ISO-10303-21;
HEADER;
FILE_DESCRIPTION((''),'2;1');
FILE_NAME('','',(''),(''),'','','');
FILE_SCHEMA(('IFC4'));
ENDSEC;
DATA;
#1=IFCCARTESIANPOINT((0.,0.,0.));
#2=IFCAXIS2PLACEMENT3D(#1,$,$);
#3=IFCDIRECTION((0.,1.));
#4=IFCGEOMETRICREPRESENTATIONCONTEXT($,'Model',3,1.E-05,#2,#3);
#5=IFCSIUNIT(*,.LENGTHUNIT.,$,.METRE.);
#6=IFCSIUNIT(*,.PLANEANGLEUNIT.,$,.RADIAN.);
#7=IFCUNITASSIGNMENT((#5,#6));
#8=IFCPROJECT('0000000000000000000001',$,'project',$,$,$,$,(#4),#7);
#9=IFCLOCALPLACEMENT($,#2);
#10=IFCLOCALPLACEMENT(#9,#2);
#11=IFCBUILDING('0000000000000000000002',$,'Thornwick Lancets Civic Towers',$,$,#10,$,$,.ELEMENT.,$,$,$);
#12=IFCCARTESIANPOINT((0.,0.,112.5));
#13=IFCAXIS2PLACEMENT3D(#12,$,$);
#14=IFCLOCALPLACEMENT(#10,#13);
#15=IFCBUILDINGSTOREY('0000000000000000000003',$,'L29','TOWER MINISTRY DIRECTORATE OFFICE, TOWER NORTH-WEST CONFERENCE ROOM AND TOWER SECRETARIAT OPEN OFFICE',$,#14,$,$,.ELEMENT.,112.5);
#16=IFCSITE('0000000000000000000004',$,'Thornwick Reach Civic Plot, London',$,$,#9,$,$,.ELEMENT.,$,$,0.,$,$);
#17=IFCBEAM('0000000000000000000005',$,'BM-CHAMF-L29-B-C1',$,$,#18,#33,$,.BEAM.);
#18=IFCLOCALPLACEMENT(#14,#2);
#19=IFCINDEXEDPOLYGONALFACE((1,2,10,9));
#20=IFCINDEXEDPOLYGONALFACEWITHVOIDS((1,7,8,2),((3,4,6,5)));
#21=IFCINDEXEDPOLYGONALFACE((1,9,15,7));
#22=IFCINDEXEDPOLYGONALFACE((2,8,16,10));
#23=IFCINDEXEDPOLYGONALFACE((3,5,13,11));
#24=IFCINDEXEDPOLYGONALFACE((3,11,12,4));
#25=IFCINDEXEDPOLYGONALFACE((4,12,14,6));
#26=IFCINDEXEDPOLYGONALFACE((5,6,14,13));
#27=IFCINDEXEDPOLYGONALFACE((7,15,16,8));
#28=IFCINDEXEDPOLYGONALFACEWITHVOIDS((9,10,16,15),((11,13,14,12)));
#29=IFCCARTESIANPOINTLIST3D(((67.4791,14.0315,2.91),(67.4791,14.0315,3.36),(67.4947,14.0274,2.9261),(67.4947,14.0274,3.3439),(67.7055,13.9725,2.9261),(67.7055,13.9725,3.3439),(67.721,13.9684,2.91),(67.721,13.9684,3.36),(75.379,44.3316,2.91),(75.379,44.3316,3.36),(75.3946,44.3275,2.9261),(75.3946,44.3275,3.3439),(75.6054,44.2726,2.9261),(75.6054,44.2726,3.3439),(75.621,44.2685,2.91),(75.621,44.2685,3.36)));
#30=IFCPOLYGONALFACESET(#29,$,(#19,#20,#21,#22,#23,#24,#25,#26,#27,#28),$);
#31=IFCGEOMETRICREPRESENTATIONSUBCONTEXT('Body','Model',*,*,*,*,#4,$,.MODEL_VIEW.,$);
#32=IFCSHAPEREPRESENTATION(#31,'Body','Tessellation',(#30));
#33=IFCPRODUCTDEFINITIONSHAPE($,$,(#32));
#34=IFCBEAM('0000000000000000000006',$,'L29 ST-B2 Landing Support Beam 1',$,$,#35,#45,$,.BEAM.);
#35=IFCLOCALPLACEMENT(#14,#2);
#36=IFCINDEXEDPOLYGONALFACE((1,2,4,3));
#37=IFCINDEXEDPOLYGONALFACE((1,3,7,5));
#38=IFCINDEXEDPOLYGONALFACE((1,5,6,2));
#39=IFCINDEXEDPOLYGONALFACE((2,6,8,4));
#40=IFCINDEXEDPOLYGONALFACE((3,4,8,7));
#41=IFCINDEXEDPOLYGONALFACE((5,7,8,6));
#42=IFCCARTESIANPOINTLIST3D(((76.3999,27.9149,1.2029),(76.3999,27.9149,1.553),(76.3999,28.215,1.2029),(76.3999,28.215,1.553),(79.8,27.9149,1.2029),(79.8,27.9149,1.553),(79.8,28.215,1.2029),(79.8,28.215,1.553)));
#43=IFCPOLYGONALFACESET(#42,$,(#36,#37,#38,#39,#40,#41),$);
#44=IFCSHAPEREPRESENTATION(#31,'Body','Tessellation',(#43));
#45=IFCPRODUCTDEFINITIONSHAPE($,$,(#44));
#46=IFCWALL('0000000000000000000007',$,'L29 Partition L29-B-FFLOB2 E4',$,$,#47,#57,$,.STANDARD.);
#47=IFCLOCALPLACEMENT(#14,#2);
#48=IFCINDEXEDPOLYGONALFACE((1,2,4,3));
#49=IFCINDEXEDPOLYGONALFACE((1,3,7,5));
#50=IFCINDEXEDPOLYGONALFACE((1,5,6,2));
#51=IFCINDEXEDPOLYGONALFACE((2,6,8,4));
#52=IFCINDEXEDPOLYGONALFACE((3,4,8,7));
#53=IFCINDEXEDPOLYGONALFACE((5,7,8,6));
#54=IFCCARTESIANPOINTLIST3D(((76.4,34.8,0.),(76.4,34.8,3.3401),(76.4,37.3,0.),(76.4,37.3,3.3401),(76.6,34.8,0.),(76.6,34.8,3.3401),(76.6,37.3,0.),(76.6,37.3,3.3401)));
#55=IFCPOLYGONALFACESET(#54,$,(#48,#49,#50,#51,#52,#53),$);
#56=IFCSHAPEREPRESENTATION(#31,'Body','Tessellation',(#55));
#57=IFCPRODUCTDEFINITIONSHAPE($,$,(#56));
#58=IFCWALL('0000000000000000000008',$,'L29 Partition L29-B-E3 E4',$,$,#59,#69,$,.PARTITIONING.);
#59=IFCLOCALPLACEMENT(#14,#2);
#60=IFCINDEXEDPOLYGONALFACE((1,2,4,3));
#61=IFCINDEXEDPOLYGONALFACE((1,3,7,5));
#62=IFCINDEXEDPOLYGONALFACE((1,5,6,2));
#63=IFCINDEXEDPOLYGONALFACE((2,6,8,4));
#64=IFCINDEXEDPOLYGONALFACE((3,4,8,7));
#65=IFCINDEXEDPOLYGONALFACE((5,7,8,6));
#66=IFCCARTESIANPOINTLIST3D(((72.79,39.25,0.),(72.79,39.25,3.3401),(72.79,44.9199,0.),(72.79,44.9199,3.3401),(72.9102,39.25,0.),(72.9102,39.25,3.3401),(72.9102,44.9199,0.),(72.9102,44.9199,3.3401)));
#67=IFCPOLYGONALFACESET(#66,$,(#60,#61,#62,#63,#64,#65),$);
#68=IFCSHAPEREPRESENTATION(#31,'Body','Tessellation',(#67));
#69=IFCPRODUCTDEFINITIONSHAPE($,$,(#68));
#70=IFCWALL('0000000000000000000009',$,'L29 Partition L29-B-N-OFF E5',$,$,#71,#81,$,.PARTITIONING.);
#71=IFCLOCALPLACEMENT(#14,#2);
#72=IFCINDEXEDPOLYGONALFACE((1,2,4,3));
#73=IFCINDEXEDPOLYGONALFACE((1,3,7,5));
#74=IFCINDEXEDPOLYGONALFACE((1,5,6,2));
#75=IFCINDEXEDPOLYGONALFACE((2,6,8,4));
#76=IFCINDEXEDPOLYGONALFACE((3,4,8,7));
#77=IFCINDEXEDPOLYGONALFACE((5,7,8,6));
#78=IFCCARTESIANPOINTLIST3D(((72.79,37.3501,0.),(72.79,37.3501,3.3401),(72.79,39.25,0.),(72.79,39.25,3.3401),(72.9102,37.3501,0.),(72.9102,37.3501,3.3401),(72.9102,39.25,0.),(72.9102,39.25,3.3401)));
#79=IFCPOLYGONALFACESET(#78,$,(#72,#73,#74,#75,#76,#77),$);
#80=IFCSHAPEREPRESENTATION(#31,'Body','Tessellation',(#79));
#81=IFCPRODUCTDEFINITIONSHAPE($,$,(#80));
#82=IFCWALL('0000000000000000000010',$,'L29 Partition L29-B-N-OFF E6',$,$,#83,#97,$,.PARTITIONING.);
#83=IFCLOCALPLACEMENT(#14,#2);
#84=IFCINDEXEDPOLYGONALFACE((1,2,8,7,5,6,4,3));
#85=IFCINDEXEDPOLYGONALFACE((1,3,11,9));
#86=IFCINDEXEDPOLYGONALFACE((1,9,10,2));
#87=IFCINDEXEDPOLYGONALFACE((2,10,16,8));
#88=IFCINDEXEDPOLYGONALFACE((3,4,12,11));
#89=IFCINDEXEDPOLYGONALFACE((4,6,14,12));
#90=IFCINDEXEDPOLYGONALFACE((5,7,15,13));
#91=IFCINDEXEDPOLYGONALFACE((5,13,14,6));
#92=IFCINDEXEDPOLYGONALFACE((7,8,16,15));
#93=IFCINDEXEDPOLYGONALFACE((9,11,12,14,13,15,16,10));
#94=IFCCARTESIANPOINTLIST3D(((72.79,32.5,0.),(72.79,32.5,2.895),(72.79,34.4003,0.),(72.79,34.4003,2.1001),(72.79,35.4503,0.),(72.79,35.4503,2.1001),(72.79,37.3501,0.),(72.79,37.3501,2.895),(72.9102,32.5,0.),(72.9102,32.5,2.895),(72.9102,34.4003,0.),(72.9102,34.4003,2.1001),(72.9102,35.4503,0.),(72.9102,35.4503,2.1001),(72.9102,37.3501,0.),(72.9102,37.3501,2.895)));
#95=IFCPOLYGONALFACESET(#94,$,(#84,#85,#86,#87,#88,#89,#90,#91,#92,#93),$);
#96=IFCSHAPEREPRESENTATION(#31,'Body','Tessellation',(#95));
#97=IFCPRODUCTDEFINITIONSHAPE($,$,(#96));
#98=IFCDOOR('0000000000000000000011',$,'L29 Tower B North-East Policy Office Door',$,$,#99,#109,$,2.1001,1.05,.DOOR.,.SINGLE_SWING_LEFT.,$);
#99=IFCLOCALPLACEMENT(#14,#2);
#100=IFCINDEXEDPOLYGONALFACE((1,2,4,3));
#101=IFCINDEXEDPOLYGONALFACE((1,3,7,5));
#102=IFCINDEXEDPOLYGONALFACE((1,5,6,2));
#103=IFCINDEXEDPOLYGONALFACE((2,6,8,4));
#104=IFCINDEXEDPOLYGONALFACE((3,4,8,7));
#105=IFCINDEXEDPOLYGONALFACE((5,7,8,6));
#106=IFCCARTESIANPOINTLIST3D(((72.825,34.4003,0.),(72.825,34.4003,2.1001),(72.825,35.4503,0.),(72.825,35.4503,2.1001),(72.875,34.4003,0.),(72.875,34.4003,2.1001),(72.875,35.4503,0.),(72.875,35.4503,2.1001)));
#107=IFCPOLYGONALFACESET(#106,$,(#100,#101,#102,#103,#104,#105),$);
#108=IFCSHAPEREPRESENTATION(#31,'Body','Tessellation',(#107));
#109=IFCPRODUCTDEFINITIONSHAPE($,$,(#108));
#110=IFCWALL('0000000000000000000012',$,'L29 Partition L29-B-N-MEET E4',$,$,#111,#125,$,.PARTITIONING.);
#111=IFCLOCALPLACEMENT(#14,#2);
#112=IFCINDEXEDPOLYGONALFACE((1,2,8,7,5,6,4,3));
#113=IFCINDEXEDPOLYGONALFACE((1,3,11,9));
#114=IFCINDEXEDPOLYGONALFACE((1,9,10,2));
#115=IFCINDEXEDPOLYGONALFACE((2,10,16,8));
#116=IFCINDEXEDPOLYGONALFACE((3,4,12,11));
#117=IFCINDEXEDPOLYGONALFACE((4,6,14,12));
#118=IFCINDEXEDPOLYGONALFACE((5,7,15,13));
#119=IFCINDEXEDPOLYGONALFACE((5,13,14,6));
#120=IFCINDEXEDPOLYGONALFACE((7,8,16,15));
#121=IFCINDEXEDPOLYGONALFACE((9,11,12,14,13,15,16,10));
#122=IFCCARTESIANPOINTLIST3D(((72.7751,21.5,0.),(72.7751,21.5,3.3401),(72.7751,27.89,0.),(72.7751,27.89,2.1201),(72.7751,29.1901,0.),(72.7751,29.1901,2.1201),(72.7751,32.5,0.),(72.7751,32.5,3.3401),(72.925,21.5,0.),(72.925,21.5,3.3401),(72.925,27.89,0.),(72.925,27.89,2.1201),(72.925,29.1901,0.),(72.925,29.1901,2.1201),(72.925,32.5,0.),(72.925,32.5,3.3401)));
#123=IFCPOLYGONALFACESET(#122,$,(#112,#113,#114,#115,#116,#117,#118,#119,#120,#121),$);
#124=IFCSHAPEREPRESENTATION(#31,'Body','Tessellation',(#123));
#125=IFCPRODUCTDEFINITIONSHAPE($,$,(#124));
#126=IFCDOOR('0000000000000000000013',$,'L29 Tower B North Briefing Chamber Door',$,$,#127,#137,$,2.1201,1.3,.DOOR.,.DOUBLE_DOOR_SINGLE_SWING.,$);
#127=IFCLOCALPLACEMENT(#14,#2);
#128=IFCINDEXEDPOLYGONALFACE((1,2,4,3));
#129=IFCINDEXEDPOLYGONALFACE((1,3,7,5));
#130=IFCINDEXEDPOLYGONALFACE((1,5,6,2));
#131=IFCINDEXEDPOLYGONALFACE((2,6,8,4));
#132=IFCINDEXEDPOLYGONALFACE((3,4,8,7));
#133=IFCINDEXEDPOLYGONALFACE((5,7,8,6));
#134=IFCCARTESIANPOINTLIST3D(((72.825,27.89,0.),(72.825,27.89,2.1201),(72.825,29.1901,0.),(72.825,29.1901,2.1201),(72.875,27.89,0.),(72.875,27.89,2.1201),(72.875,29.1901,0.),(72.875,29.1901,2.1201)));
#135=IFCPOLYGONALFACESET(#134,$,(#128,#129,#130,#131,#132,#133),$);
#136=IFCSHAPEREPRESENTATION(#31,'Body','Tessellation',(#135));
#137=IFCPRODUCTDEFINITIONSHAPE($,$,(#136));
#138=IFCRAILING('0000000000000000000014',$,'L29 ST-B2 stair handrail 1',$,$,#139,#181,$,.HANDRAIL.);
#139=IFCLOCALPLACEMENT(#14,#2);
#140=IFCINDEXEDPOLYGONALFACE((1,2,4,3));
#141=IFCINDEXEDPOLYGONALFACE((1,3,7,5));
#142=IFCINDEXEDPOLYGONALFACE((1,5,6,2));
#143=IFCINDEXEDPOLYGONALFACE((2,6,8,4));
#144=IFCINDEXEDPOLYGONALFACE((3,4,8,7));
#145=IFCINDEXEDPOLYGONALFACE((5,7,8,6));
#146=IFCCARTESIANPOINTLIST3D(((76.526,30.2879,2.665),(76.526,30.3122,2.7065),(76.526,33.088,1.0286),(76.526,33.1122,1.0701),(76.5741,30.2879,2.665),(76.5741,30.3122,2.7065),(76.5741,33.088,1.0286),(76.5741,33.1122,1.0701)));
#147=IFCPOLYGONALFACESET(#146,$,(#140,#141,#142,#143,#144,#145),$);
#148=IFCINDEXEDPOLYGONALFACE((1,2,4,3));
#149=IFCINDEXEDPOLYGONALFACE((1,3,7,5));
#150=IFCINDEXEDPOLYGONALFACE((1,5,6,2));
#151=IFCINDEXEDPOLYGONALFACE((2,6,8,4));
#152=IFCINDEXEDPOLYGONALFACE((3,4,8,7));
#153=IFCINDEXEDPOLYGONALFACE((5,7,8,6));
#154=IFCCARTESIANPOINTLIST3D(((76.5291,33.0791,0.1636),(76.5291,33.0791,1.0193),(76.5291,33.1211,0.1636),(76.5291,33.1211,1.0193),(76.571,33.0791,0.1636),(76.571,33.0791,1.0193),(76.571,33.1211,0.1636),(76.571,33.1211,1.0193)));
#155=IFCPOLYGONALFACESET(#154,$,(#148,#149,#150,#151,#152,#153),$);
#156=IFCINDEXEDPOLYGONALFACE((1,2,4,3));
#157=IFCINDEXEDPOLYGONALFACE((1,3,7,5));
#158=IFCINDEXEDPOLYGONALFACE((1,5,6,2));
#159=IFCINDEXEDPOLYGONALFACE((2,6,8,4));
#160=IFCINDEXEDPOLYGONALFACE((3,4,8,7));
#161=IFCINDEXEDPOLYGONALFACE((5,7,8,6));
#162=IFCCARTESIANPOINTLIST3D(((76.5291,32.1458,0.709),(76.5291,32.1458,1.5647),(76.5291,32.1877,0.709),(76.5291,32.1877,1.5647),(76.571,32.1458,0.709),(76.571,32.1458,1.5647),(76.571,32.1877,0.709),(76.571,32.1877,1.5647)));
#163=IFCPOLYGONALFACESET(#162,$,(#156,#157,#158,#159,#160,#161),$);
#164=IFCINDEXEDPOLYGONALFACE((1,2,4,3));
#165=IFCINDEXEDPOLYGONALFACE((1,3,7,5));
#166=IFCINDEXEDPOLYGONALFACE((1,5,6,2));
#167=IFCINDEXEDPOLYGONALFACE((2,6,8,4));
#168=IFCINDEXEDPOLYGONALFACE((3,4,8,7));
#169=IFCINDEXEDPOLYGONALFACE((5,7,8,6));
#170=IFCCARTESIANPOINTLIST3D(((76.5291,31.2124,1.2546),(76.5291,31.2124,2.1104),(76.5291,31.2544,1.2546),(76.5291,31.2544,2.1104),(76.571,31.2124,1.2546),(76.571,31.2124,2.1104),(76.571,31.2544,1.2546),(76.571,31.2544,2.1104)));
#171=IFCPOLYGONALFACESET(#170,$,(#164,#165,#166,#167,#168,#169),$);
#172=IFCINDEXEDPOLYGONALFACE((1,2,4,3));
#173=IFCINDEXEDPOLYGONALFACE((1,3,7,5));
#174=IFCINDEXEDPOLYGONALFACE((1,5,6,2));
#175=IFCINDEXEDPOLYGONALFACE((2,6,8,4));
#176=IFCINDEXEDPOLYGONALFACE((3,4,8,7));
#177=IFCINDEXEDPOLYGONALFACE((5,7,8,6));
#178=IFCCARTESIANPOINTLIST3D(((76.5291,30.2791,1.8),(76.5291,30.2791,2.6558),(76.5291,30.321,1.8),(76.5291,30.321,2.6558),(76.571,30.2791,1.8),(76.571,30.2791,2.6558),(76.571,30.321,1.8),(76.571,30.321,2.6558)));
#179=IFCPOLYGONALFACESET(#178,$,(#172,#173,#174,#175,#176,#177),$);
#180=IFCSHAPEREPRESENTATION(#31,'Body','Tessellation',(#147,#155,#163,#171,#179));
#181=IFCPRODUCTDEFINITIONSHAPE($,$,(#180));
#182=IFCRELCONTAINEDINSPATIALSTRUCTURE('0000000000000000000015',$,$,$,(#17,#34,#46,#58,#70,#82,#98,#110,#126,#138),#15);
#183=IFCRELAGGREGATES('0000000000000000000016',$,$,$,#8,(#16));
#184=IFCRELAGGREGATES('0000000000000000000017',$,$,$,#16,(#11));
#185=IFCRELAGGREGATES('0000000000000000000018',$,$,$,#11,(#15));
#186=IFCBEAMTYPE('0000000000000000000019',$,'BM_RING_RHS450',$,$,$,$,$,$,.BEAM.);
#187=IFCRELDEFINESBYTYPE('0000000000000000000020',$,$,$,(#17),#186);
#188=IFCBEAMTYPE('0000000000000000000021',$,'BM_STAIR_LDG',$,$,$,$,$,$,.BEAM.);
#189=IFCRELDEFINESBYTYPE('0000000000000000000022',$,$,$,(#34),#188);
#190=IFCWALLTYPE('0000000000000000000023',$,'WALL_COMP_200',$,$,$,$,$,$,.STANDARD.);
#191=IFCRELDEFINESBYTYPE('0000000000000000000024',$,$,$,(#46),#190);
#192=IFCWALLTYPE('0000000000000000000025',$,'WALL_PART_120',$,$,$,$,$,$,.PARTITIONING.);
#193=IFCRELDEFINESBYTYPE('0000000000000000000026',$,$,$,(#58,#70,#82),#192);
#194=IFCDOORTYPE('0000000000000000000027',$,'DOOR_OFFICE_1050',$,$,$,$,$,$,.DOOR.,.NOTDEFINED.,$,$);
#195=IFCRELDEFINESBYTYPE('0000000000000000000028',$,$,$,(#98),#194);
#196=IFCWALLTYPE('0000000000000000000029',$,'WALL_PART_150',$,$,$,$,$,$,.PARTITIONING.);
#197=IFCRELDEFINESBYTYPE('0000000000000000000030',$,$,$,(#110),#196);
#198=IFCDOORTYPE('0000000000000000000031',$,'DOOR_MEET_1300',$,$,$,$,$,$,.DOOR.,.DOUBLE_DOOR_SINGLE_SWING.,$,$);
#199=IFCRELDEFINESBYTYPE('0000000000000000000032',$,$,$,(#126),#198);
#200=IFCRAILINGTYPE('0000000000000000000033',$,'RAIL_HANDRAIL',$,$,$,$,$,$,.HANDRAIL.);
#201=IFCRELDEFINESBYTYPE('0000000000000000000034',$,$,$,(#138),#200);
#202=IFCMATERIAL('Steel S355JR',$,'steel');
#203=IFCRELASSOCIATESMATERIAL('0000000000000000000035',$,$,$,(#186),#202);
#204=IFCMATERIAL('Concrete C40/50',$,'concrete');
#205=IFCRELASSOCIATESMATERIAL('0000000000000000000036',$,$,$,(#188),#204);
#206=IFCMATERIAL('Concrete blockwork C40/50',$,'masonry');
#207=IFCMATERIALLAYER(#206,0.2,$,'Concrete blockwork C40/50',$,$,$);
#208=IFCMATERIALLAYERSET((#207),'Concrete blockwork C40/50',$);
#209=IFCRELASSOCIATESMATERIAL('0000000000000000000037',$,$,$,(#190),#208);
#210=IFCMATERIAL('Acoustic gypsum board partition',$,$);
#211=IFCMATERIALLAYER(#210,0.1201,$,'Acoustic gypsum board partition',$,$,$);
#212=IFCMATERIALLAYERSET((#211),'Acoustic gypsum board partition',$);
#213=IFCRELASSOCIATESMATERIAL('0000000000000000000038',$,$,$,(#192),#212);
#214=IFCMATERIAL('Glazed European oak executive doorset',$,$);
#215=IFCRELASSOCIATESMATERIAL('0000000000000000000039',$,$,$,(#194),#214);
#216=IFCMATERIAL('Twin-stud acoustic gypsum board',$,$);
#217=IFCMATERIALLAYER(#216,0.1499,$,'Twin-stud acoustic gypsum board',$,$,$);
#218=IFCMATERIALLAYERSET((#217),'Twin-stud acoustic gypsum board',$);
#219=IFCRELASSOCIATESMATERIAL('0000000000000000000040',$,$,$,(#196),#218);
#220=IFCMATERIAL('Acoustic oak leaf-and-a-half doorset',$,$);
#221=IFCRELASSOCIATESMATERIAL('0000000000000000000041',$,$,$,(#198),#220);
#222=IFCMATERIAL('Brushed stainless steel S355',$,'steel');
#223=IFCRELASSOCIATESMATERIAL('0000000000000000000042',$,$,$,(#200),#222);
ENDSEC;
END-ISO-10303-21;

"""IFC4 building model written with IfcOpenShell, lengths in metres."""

from ifc_helpers import new_model, si_unit, direction, frame, frame_2d, origin, origin_2d, place, context, subcontext, project, spatial, rectangle, hollow_rectangle, extrude, material, layer, layer_set, material_profile, profile_set, type_object, element, fill, save


model = new_model("IFC4")

# Units and contexts
model_context = context("Model", 3, precision=1e-05, world=origin(), true_north=direction((0.0, 1.0)))
body_context = subcontext(model_context, "Body", "Model", "MODEL_VIEW")
ifc_project = project(units=[si_unit("LENGTHUNIT", "METRE"), si_unit("PLANEANGLEUNIT", "RADIAN")], contexts=[model_context])

# Site, building, storey
site_placement = place(None, origin())
site = spatial("IfcSite", under=ifc_project, at=site_placement, Name="Thornwick Reach Civic Plot, London", CompositionType="ELEMENT", RefElevation=0.0)
building_placement = place(site_placement, origin())
building = spatial("IfcBuilding", under=site, at=building_placement, Name="Thornwick Lancets Civic Towers", CompositionType="ELEMENT")
storey_placement = place(building_placement, frame((0.0, 0.0, 112.5)))
storey = spatial("IfcBuildingStorey", under=building, at=storey_placement, Name="L29", Description="TOWER MINISTRY DIRECTORATE OFFICE, TOWER NORTH-WEST CONFERENCE ROOM AND TOWER SECRETARIAT OPEN OFFICE", CompositionType="ELEMENT", Elevation=112.5)

# Beams
ifc_material_1 = material(Name="Steel S355JR", Category="steel")
ifc_material_profile_1 = material_profile(ifc_material_1, hollow_rectangle(XDim=0.25, YDim=0.45, WallThickness=0.0161, at=origin_2d()), Name="RHS 450x250x16")
ifc_profile_set_1 = profile_set([ifc_material_profile_1], Name="Steel S355JR")
beam_type_1 = type_object("IfcBeamType", Name="BM_RING_RHS450", PredefinedType="BEAM", material=ifc_profile_set_1)
beam_1_placement = place(storey_placement, frame((75.5, 44.3, 3.135), z_axis=(-0.252289, -0.967652, 0.0), x_axis=(0.967652, -0.252289, 0.0)))
element("IfcBeam", 1, at=beam_1_placement, inside=storey, type_object=beam_type_1, Name="BM-CHAMF-L29-B-C1", PredefinedType="BEAM", context=body_context, shape_type="SweptSolid", body=[
    extrude(hollow_rectangle(XDim=0.25, YDim=0.45, WallThickness=0.0161, at=origin_2d()), origin(), (0.0, 0.0, 1.0), 31.313),
])
ifc_material_2 = material(Name="Concrete C40/50", Category="concrete")
ifc_material_profile_2 = material_profile(ifc_material_2, rectangle(XDim=0.3, YDim=0.3501, at=origin_2d()), Name="RC 300x350")
ifc_profile_set_2 = profile_set([ifc_material_profile_2], Name="Concrete C40/50")
beam_type_2 = type_object("IfcBeamType", Name="BM_STAIR_LDG", PredefinedType="BEAM", material=ifc_profile_set_2)
beam_2_placement = place(storey_placement, frame((76.3999, 28.0649, 1.3779), z_axis=(1.0, 0.0, 0.0), x_axis=(0.0, 1.0, 0.0)))
element("IfcBeam", 2, at=beam_2_placement, inside=storey, type_object=beam_type_2, Name="L29 ST-B2 Landing Support Beam 1", PredefinedType="BEAM", context=body_context, shape_type="SweptSolid", body=[
    extrude(rectangle(XDim=0.3, YDim=0.3501, at=origin_2d()), origin(), (0.0, 0.0, 1.0), 3.4001),
])

# Walls
ifc_material_3 = material(Name="Concrete blockwork C40/50", Category="masonry")
ifc_layer_1 = layer(ifc_material_3, 0.2, Name="Concrete blockwork C40/50")
ifc_layer_set_1 = layer_set([ifc_layer_1], Name="Concrete blockwork C40/50")
wall_type_1 = type_object("IfcWallType", Name="WALL_COMP_200", PredefinedType="STANDARD", material=ifc_layer_set_1)
wall_1_placement = place(storey_placement, frame((76.5, 37.3, 0.0), z_axis=(0.0, 0.0, 1.0), x_axis=(0.0, -1.0, 0.0)))
element("IfcWall", 3, at=wall_1_placement, inside=storey, type_object=wall_type_1, Name="L29 Partition L29-B-FFLOB2 E4", PredefinedType="STANDARD", context=body_context, shape_type="SweptSolid", body=[
    extrude(rectangle(XDim=2.5, YDim=0.2, at=frame_2d((1.25, 0.0))), origin(), (0.0, 0.0, 1.0), 3.3401),
])
ifc_material_4 = material(Name="Acoustic gypsum board partition")
ifc_layer_2 = layer(ifc_material_4, 0.1201, Name="Acoustic gypsum board partition")
ifc_layer_set_2 = layer_set([ifc_layer_2], Name="Acoustic gypsum board partition")
wall_type_2 = type_object("IfcWallType", Name="WALL_PART_120", PredefinedType="PARTITIONING", material=ifc_layer_set_2)
wall_2_placement = place(storey_placement, frame((72.8501, 39.25, 0.0), z_axis=(0.0, 0.0, 1.0), x_axis=(0.0, 1.0, 0.0)))
element("IfcWall", 4, at=wall_2_placement, inside=storey, type_object=wall_type_2, Name="L29 Partition L29-B-E3 E4", PredefinedType="PARTITIONING", context=body_context, shape_type="SweptSolid", body=[
    extrude(rectangle(XDim=5.6699, YDim=0.1201, at=frame_2d((2.835, 0.0))), origin(), (0.0, 0.0, 1.0), 3.3401),
])
wall_3_placement = place(storey_placement, frame((72.8501, 39.25, 0.0), z_axis=(0.0, 0.0, 1.0), x_axis=(0.0, -1.0, 0.0)))
element("IfcWall", 5, at=wall_3_placement, inside=storey, type_object=wall_type_2, Name="L29 Partition L29-B-N-OFF E5", PredefinedType="PARTITIONING", context=body_context, shape_type="SweptSolid", body=[
    extrude(rectangle(XDim=1.8999, YDim=0.1201, at=frame_2d((0.95, 0.0))), origin(), (0.0, 0.0, 1.0), 3.3401),
])

# Walls, openings, doors
wall_4_placement = place(storey_placement, frame((72.8501, 37.3501, 0.0), z_axis=(0.0, 0.0, 1.0), x_axis=(0.0, -1.0, 0.0)))
wall_4 = element("IfcWall", 6, at=wall_4_placement, inside=storey, type_object=wall_type_2, Name="L29 Partition L29-B-N-OFF E6", PredefinedType="PARTITIONING", context=body_context, shape_type="SweptSolid", body=[
    extrude(rectangle(XDim=4.8501, YDim=0.1201, at=frame_2d((2.425, 0.0))), origin(), (0.0, 0.0, 1.0), 2.895),
])
opening_1_placement = place(wall_4_placement, frame((1.8999, 0.0, 0.0)))
opening_1 = element("IfcOpeningElement", 7, at=opening_1_placement, cuts=wall_4, PredefinedType="OPENING", context=body_context, shape_type="SweptSolid", body=[
    extrude(rectangle(XDim=1.05, YDim=2.1001, at=frame_2d((0.5249, 1.05))), frame((0.0, 0.0701, 0.0), z_axis=(0.0, -1.0, 0.0), x_axis=(1.0, 0.0, 0.0)), (0.0, 0.0, 1.0), 0.1401),
])
ifc_material_5 = material(Name="Glazed European oak executive doorset")
door_type_1 = type_object("IfcDoorType", Name="DOOR_OFFICE_1050", OperationType="NOTDEFINED", PredefinedType="DOOR", material=ifc_material_5)
door_1_placement = place(opening_1_placement, origin())
door_1 = element("IfcDoor", 8, at=door_1_placement, inside=storey, type_object=door_type_1, Name="L29 Tower B North-East Policy Office Door", OperationType="SINGLE_SWING_LEFT", OverallHeight=2.1001, OverallWidth=1.05, PredefinedType="DOOR", context=body_context, shape_type="SweptSolid", body=[
    extrude(rectangle(XDim=1.05, YDim=2.1001, at=frame_2d((0.5249, 1.05))), frame((0.0, 0.0249, 0.0), z_axis=(0.0, -1.0, 0.0), x_axis=(1.0, 0.0, 0.0)), (0.0, 0.0, 1.0), 0.05),
])
fill(opening_1, door_1)
ifc_material_6 = material(Name="Twin-stud acoustic gypsum board")
ifc_layer_3 = layer(ifc_material_6, 0.1499, Name="Twin-stud acoustic gypsum board")
ifc_layer_set_3 = layer_set([ifc_layer_3], Name="Twin-stud acoustic gypsum board")
wall_type_3 = type_object("IfcWallType", Name="WALL_PART_150", PredefinedType="PARTITIONING", material=ifc_layer_set_3)
wall_5_placement = place(storey_placement, frame((72.8501, 32.5, 0.0), z_axis=(0.0, 0.0, 1.0), x_axis=(0.0, -1.0, 0.0)))
wall_5 = element("IfcWall", 9, at=wall_5_placement, inside=storey, type_object=wall_type_3, Name="L29 Partition L29-B-N-MEET E4", PredefinedType="PARTITIONING", context=body_context, shape_type="SweptSolid", body=[
    extrude(rectangle(XDim=11.0, YDim=0.1499, at=frame_2d((5.5, 0.0))), origin(), (0.0, 0.0, 1.0), 3.3401),
])
opening_2_placement = place(wall_5_placement, frame((3.3101, 0.0, 0.0)))
opening_2 = element("IfcOpeningElement", 10, at=opening_2_placement, cuts=wall_5, PredefinedType="OPENING", context=body_context, shape_type="SweptSolid", body=[
    extrude(rectangle(XDim=1.3, YDim=2.1201, at=frame_2d((0.6499, 1.0601))), frame((0.0, 0.085, 0.0), z_axis=(0.0, -1.0, 0.0), x_axis=(1.0, 0.0, 0.0)), (0.0, 0.0, 1.0), 0.1699),
])
ifc_material_7 = material(Name="Acoustic oak leaf-and-a-half doorset")
door_type_2 = type_object("IfcDoorType", Name="DOOR_MEET_1300", OperationType="DOUBLE_DOOR_SINGLE_SWING", PredefinedType="DOOR", material=ifc_material_7)
door_2_placement = place(opening_2_placement, origin())
door_2 = element("IfcDoor", 11, at=door_2_placement, inside=storey, type_object=door_type_2, Name="L29 Tower B North Briefing Chamber Door", OperationType="DOUBLE_DOOR_SINGLE_SWING", OverallHeight=2.1201, OverallWidth=1.3, PredefinedType="DOOR", context=body_context, shape_type="SweptSolid", body=[
    extrude(rectangle(XDim=1.3, YDim=2.1201, at=frame_2d((0.6499, 1.0601))), frame((0.0, 0.0249, 0.0), z_axis=(0.0, -1.0, 0.0), x_axis=(1.0, 0.0, 0.0)), (0.0, 0.0, 1.0), 0.05),
])
fill(opening_2, door_2)

# Railing
ifc_material_8 = material(Name="Brushed stainless steel S355", Category="steel")
railing_type = type_object("IfcRailingType", Name="RAIL_HANDRAIL", PredefinedType="HANDRAIL", material=ifc_material_8)
railing_placement = place(storey_placement, frame((76.55, 33.1001, 0.1636)))
element("IfcRailing", 12, at=railing_placement, inside=storey, type_object=railing_type, Name="L29 ST-B2 stair handrail 1", PredefinedType="HANDRAIL", context=body_context, shape_type="SweptSolid", body=[
    extrude(rectangle(XDim=0.0481, YDim=0.0481, at=origin_2d()), frame((0.0, 0.0, 0.8857), z_axis=(0.0, -0.863361, 0.504587), x_axis=(1.0, 0.0, 0.0)), (0.0, 0.0, 1.0), 3.2432),
    extrude(rectangle(XDim=0.042, YDim=0.042, at=origin_2d()), origin(), (0.0, 0.0, 1.0), 0.8557),
    extrude(rectangle(XDim=0.042, YDim=0.042, at=origin_2d()), frame((0.0, -0.9333, 0.5454)), (0.0, 0.0, 1.0), 0.8557),
    extrude(rectangle(XDim=0.042, YDim=0.042, at=origin_2d()), frame((0.0, -1.8667, 1.0911)), (0.0, 0.0, 1.0), 0.8557),
    extrude(rectangle(XDim=0.042, YDim=0.042, at=origin_2d()), frame((0.0, -2.8, 1.6365)), (0.0, 0.0, 1.0), 0.8557),
])

save(model, "model.ifc")
